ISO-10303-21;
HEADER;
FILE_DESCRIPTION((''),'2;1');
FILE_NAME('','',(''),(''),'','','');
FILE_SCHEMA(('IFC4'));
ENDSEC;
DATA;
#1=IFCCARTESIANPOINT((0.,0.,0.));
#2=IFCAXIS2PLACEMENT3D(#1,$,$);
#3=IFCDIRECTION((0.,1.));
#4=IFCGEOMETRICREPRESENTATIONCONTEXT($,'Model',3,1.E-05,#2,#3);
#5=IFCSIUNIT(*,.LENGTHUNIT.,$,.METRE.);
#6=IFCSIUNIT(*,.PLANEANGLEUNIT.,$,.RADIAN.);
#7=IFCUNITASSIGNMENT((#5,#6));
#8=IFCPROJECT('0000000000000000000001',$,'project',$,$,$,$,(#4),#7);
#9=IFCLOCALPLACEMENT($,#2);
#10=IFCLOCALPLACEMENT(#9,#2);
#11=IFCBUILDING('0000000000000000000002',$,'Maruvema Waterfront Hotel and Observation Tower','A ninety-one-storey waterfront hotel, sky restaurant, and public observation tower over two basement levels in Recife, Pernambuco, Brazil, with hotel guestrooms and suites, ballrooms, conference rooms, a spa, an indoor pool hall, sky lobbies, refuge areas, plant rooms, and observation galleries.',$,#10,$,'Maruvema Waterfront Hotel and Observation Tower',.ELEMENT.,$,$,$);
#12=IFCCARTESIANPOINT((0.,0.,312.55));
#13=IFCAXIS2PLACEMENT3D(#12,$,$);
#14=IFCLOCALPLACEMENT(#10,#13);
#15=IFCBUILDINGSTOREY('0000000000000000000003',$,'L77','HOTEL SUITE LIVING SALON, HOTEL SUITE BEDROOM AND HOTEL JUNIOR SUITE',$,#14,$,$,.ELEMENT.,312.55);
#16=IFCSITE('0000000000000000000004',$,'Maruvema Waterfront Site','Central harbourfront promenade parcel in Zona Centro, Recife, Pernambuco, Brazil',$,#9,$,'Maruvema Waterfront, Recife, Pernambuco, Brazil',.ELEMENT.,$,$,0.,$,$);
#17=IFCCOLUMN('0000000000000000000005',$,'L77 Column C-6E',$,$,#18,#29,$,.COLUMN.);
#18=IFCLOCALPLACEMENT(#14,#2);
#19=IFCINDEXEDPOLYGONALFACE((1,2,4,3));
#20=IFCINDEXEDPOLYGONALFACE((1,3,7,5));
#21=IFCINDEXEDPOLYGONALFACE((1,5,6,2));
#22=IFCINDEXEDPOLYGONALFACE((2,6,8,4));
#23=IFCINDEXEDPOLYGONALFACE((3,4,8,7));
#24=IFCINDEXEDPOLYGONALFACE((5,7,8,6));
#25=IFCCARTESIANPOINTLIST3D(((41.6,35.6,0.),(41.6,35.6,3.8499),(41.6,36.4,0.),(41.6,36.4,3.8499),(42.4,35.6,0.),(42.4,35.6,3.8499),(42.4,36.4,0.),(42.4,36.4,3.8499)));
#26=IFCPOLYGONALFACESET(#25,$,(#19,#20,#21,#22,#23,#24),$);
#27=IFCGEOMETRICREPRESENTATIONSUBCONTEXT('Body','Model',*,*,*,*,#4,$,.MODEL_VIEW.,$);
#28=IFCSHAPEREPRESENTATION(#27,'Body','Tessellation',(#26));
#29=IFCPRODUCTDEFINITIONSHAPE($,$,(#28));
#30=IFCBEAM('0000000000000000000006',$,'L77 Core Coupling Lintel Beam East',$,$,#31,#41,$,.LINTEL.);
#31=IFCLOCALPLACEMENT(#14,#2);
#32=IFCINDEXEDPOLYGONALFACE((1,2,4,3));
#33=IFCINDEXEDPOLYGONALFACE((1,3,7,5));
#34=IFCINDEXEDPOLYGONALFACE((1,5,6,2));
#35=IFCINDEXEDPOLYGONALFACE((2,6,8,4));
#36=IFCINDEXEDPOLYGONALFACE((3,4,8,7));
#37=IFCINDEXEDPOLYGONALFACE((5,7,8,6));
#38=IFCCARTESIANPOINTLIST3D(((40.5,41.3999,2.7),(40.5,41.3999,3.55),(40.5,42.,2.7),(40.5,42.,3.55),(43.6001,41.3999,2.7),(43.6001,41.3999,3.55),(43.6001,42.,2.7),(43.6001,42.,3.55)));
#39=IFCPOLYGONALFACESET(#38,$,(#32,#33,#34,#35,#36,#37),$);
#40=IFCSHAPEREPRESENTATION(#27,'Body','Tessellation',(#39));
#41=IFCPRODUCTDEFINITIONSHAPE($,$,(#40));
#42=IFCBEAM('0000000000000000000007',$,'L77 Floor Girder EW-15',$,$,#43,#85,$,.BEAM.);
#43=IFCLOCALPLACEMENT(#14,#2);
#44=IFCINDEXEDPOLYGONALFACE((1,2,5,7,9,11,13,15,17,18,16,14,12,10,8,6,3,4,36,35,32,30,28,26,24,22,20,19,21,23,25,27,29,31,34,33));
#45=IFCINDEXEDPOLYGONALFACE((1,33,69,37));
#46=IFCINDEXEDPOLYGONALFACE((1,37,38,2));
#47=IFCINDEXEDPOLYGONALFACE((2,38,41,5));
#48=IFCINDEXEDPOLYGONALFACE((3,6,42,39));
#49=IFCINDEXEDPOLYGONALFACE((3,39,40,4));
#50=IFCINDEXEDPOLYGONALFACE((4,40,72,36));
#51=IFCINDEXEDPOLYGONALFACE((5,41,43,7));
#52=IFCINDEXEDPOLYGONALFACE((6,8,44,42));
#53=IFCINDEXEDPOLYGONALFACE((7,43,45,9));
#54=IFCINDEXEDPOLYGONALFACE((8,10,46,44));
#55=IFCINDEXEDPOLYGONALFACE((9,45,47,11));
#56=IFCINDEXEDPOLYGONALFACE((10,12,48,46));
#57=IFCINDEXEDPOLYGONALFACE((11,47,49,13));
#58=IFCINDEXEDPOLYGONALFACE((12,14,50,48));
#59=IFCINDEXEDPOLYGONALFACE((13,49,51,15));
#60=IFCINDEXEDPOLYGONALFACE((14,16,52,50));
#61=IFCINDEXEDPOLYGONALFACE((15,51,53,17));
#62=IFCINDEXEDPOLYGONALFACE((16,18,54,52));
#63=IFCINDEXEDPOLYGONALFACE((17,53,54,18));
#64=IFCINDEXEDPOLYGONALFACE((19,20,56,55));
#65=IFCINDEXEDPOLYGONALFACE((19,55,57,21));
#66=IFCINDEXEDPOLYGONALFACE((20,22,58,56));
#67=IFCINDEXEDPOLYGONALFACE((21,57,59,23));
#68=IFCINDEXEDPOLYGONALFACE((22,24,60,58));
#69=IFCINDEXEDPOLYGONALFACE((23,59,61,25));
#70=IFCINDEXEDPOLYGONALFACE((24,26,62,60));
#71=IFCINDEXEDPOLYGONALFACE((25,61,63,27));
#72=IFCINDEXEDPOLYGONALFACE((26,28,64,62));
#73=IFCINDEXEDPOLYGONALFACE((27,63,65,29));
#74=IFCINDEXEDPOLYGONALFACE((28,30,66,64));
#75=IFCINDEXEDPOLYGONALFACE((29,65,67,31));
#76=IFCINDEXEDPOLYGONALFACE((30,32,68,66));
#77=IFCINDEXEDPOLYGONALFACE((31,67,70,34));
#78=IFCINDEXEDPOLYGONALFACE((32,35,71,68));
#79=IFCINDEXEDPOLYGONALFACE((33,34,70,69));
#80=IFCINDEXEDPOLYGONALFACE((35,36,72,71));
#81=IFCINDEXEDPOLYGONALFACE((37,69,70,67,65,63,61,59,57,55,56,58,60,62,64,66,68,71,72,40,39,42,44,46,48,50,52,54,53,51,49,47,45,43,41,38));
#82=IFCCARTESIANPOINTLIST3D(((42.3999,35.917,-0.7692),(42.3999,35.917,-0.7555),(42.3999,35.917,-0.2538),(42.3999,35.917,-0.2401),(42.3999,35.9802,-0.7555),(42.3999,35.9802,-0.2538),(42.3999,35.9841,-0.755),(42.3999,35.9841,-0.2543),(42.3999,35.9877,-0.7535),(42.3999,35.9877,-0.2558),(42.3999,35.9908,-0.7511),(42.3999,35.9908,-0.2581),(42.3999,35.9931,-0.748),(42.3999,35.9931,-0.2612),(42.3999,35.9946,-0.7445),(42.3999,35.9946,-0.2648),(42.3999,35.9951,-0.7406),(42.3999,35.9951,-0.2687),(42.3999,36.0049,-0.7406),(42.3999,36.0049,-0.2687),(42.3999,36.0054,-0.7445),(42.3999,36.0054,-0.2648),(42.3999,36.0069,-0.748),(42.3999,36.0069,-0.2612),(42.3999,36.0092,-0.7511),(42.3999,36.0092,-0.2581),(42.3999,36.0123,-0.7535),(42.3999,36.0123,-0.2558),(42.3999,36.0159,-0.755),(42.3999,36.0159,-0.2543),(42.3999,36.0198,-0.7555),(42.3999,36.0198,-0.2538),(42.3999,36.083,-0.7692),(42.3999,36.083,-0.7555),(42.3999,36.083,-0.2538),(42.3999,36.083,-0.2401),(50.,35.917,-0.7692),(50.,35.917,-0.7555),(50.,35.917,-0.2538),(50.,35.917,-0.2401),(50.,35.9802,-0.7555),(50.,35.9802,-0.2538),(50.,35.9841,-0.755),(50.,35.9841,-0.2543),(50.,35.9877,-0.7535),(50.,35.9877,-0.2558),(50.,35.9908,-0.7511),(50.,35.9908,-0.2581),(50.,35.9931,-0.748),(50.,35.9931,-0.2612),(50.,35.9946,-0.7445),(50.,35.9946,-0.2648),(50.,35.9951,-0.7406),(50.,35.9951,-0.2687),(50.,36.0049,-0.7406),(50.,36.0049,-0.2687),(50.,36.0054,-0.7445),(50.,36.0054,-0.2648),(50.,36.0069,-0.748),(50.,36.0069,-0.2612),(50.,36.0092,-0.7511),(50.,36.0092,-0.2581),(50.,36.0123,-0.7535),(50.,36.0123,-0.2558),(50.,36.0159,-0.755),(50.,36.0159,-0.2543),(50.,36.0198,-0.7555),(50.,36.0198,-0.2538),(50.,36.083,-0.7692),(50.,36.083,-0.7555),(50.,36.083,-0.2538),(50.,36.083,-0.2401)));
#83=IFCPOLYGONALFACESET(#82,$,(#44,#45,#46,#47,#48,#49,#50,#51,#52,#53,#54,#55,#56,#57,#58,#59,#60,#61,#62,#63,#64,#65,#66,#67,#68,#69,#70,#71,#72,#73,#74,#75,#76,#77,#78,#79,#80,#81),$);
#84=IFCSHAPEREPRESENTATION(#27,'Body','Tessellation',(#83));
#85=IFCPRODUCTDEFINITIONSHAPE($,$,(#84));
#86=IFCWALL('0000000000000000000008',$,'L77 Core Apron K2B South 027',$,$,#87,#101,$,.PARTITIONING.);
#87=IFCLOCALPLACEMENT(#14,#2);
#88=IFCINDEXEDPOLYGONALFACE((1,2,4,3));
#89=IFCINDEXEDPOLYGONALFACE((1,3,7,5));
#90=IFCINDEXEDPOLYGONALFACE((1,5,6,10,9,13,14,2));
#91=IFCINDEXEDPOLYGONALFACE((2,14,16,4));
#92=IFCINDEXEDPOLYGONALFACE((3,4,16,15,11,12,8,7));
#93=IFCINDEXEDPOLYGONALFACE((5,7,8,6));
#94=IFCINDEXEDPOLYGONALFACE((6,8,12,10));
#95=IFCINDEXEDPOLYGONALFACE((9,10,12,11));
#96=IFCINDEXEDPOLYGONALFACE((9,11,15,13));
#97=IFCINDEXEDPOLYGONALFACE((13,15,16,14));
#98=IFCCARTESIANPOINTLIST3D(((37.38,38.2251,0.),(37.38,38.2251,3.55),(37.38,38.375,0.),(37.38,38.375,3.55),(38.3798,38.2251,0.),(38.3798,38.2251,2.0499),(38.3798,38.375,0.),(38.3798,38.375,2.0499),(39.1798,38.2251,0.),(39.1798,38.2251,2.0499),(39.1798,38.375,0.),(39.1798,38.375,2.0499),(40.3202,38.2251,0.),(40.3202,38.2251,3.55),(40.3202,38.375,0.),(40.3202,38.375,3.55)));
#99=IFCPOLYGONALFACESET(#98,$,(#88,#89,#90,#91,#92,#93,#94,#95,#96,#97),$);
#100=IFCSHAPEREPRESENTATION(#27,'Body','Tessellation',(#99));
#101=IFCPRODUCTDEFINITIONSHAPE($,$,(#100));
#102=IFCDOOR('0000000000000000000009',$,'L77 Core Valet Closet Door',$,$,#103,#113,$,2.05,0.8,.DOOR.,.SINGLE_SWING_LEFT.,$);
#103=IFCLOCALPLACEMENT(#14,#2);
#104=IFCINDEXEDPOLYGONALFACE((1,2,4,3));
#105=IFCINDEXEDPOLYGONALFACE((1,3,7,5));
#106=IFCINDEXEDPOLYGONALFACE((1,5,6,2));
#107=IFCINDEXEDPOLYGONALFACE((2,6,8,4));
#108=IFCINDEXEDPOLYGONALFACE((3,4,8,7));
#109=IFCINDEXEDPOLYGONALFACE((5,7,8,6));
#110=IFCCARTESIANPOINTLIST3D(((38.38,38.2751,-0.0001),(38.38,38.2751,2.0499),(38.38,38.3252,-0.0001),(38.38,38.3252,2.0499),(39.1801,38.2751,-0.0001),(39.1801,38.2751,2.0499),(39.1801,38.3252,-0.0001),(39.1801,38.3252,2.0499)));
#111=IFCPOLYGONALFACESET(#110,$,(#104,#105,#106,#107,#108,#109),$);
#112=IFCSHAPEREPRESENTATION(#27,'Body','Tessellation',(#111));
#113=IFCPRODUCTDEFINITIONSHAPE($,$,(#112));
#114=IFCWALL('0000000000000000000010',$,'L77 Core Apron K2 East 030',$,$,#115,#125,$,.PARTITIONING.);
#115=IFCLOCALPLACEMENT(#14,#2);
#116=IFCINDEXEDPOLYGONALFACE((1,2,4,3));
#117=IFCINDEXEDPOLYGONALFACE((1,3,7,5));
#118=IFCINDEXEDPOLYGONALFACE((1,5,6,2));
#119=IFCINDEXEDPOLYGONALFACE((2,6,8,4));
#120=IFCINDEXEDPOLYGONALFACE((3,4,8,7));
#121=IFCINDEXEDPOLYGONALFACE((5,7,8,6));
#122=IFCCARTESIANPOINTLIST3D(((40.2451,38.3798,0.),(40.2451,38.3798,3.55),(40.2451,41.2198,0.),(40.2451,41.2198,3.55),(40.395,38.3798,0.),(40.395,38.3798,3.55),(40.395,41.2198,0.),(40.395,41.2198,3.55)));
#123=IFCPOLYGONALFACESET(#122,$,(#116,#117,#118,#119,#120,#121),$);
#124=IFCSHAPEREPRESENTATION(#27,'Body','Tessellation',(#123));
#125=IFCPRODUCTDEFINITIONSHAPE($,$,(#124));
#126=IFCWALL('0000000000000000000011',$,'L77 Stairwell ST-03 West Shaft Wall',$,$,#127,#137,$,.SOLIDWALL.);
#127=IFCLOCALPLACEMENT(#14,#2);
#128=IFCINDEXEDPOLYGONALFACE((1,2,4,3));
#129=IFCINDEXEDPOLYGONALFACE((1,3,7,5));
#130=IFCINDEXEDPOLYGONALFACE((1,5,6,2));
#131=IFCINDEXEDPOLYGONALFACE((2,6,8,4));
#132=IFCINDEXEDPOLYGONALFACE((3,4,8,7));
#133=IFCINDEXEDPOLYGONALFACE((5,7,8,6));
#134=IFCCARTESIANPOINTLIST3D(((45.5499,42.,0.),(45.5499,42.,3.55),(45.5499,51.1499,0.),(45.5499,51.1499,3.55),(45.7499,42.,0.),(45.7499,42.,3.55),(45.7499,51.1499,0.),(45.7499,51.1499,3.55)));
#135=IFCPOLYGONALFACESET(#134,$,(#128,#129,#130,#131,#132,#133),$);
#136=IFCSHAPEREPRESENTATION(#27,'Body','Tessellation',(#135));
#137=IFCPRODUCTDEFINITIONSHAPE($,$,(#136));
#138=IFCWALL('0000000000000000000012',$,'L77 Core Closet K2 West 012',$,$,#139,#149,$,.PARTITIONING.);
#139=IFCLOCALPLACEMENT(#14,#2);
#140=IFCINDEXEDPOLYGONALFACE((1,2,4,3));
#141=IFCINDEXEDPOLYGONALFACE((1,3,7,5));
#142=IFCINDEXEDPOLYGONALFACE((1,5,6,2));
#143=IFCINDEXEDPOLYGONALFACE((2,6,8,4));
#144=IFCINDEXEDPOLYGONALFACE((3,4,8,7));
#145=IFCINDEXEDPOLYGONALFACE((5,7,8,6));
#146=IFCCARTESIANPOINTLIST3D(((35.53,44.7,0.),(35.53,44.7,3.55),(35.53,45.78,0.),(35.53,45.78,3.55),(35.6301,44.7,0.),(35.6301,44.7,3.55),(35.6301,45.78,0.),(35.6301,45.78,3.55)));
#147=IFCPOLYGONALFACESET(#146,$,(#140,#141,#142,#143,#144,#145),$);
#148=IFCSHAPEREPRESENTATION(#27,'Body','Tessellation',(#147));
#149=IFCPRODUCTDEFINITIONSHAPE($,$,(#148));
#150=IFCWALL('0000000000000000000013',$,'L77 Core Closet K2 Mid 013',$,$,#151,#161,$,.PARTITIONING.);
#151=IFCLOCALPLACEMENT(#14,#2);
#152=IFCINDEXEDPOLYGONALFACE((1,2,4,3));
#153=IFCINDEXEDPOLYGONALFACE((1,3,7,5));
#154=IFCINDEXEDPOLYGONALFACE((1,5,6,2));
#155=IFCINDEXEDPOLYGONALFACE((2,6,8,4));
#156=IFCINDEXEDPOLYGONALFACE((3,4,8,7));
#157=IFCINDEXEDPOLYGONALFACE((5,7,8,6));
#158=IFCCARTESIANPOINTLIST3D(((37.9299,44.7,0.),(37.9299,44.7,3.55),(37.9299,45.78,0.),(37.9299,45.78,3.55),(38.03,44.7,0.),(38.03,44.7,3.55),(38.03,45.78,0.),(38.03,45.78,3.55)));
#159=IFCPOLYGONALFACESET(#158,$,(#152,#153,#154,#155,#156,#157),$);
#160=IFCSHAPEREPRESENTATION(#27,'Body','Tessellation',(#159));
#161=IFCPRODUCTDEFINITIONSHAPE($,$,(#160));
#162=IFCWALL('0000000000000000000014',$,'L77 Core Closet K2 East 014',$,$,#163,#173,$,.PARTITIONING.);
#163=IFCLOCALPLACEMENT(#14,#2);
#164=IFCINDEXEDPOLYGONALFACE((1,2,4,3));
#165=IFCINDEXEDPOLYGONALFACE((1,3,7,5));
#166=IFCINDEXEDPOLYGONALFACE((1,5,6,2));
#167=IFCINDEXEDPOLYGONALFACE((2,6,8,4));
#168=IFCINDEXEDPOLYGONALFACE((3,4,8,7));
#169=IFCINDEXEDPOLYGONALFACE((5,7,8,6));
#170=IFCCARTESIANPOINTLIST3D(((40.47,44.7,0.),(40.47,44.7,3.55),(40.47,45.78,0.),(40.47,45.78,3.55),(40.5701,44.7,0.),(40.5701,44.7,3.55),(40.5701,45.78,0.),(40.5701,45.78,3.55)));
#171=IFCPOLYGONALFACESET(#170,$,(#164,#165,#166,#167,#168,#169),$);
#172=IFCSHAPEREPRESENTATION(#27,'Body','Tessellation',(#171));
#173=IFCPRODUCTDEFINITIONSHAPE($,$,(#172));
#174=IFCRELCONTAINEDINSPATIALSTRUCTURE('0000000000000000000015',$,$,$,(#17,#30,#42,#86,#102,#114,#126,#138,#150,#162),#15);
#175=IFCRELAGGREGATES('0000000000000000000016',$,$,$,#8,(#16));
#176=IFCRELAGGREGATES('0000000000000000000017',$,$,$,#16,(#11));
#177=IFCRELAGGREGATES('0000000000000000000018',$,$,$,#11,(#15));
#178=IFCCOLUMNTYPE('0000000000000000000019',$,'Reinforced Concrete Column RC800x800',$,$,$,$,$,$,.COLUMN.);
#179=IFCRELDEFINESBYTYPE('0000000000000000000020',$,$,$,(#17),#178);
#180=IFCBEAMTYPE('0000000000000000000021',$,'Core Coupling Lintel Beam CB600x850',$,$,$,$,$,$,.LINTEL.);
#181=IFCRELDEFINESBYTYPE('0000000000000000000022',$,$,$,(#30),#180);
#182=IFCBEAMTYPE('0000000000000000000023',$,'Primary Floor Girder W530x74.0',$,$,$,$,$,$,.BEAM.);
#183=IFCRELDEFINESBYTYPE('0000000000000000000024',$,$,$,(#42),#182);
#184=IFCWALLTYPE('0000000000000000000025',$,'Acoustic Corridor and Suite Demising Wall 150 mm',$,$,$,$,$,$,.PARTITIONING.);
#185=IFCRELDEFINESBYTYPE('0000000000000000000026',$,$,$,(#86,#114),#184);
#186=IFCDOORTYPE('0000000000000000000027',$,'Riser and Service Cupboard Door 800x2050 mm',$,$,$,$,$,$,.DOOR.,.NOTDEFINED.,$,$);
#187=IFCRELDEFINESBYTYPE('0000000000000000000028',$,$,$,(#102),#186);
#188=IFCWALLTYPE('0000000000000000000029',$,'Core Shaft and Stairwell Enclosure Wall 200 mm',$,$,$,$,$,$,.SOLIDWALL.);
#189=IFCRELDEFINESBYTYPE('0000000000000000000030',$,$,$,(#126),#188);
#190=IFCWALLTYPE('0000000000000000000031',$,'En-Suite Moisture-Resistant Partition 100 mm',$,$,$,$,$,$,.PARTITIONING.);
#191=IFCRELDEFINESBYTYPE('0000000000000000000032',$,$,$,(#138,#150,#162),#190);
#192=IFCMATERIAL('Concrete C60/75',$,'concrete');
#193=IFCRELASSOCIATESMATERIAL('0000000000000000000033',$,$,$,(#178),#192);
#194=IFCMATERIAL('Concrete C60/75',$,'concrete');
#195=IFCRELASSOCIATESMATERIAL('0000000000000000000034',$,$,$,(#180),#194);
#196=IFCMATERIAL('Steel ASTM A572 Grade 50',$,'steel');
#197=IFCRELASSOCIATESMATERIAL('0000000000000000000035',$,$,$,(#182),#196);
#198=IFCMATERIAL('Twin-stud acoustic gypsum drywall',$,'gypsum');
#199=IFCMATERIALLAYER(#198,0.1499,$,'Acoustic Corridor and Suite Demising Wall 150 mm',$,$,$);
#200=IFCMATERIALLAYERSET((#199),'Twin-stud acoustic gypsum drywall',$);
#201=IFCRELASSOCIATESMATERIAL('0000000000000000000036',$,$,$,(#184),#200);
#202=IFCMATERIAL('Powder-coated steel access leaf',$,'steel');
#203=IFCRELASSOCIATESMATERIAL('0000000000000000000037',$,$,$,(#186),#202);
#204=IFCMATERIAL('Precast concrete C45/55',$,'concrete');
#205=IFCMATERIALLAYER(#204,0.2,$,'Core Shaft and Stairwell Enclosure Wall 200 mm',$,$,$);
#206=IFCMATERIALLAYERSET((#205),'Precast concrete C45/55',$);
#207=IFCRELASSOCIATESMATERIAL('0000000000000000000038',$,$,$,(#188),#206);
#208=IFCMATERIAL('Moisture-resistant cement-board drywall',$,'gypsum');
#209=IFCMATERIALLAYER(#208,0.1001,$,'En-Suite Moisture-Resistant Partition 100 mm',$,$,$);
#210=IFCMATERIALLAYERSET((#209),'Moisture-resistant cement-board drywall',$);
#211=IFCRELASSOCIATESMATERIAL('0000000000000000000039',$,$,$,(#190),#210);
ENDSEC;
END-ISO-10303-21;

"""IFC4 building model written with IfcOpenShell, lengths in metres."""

from ifc_helpers import new_model, si_unit, direction, frame, frame_2d, origin, origin_2d, place, context, subcontext, project, spatial, rectangle, i_section, extrude, material, layer, layer_set, material_profile, profile_set, type_object, element, fill, save


model = new_model("IFC4")

# Units and contexts
model_context = context("Model", 3, precision=1e-05, world=origin(), true_north=direction((0.0, 1.0)))
body_context = subcontext(model_context, "Body", "Model", "MODEL_VIEW")
ifc_project = project(units=[si_unit("LENGTHUNIT", "METRE"), si_unit("PLANEANGLEUNIT", "RADIAN")], contexts=[model_context])

# Site, building, storey
site_placement = place(None, origin())
site = spatial("IfcSite", under=ifc_project, at=site_placement, Name="Maruvema Waterfront Site", Description="Central harbourfront promenade parcel in Zona Centro, Recife, Pernambuco, Brazil", LongName="Maruvema Waterfront, Recife, Pernambuco, Brazil", CompositionType="ELEMENT", RefElevation=0.0)
building_placement = place(site_placement, origin())
building = spatial("IfcBuilding", under=site, at=building_placement, Name="Maruvema Waterfront Hotel and Observation Tower", Description="A ninety-one-storey waterfront hotel, sky restaurant, and public observation tower over two basement levels in Recife, Pernambuco, Brazil, with hotel guestrooms and suites, ballrooms, conference rooms, a spa, an indoor pool hall, sky lobbies, refuge areas, plant rooms, and observation galleries.", LongName="Maruvema Waterfront Hotel and Observation Tower", CompositionType="ELEMENT")
storey_placement = place(building_placement, frame((0.0, 0.0, 312.55)))
storey = spatial("IfcBuildingStorey", under=building, at=storey_placement, Name="L77", Description="HOTEL SUITE LIVING SALON, HOTEL SUITE BEDROOM AND HOTEL JUNIOR SUITE", CompositionType="ELEMENT", Elevation=312.55)

# Column
ifc_material_1 = material(Name="Concrete C60/75", Category="concrete")
ifc_material_profile_1 = material_profile(ifc_material_1, rectangle(XDim=0.8, YDim=0.8, at=origin_2d()), Name="RC800x800")
ifc_profile_set_1 = profile_set([ifc_material_profile_1], Name="Concrete C60/75")
column_type = type_object("IfcColumnType", Name="Reinforced Concrete Column RC800x800", PredefinedType="COLUMN", material=ifc_profile_set_1)
column_placement = place(storey_placement, frame((42.0, 36.0, 0.0), z_axis=(0.0, 0.0, 1.0), x_axis=(1.0, 0.0, 0.0)))
element("IfcColumn", 1, at=column_placement, inside=storey, type_object=column_type, Name="L77 Column C-6E", PredefinedType="COLUMN", context=body_context, shape_type="SweptSolid", body=[
    extrude(rectangle(XDim=0.8, YDim=0.8, at=origin_2d()), origin(), (0.0, 0.0, 1.0), 3.8499),
])

# Beams
ifc_material_2 = material(Name="Concrete C60/75", Category="concrete")
ifc_material_profile_2 = material_profile(ifc_material_2, rectangle(XDim=0.6001, YDim=0.8501, at=origin_2d()), Name="CB600x850")
ifc_profile_set_2 = profile_set([ifc_material_profile_2], Name="Concrete C60/75")
beam_type_1 = type_object("IfcBeamType", Name="Core Coupling Lintel Beam CB600x850", PredefinedType="LINTEL", material=ifc_profile_set_2)
beam_1_placement = place(storey_placement, frame((40.5, 41.7, 3.125), z_axis=(1.0, 0.0, 0.0), x_axis=(0.0, 1.0, 0.0)))
element("IfcBeam", 2, at=beam_1_placement, inside=storey, type_object=beam_type_1, Name="L77 Core Coupling Lintel Beam East", PredefinedType="LINTEL", context=body_context, shape_type="SweptSolid", body=[
    extrude(rectangle(XDim=0.6001, YDim=0.8501, at=origin_2d()), origin(), (0.0, 0.0, 1.0), 3.1001),
])
ifc_material_3 = material(Name="Steel ASTM A572 Grade 50", Category="steel")
ifc_material_profile_3 = material_profile(ifc_material_3, i_section(OverallWidth=0.166, OverallDepth=0.5291, WebThickness=0.0098, FlangeThickness=0.0137, FilletRadius=0.0149, at=origin_2d()), Name="W530x74.0")
ifc_profile_set_3 = profile_set([ifc_material_profile_3], Name="Steel ASTM A572 Grade 50")
beam_type_2 = type_object("IfcBeamType", Name="Primary Floor Girder W530x74.0", PredefinedType="BEAM", material=ifc_profile_set_3)
beam_2_placement = place(storey_placement, frame((42.3999, 36.0, -0.5046), z_axis=(1.0, 0.0, 0.0), x_axis=(0.0, 1.0, 0.0)))
element("IfcBeam", 3, at=beam_2_placement, inside=storey, type_object=beam_type_2, Name="L77 Floor Girder EW-15", PredefinedType="BEAM", context=body_context, shape_type="SweptSolid", body=[
    extrude(i_section(OverallWidth=0.166, OverallDepth=0.5291, WebThickness=0.0098, FlangeThickness=0.0137, FilletRadius=0.0149, at=origin_2d()), origin(), (0.0, 0.0, 1.0), 7.6001),
])

# Wall, opening, door
ifc_material_4 = material(Name="Twin-stud acoustic gypsum drywall", Category="gypsum")
ifc_layer_1 = layer(ifc_material_4, 0.1499, Name="Acoustic Corridor and Suite Demising Wall 150 mm")
ifc_layer_set_1 = layer_set([ifc_layer_1], Name="Twin-stud acoustic gypsum drywall")
wall_type_1 = type_object("IfcWallType", Name="Acoustic Corridor and Suite Demising Wall 150 mm", PredefinedType="PARTITIONING", material=ifc_layer_set_1)
wall_1_placement = place(storey_placement, frame((37.3799, 38.3, 0.0), z_axis=(0.0, 0.0, 1.0), x_axis=(1.0, 0.0, 0.0)))
wall_1 = element("IfcWall", 4, at=wall_1_placement, inside=storey, type_object=wall_type_1, Name="L77 Core Apron K2B South 027", PredefinedType="PARTITIONING", context=body_context, shape_type="SweptSolid", body=[
    extrude(rectangle(XDim=2.9402, YDim=0.1499, at=frame_2d((1.4702, 0.0))), origin(), (0.0, 0.0, 1.0), 3.55),
])
opening_1_placement = place(wall_1_placement, frame((1.0, 0.0, 0.0)))
opening_1 = element("IfcOpeningElement", 5, at=opening_1_placement, cuts=wall_1, PredefinedType="OPENING", context=body_context, shape_type="SweptSolid", body=[
    extrude(rectangle(XDim=0.8, YDim=2.05, at=frame_2d((0.3999, 1.0249))), frame((0.0, 0.085, 0.0), z_axis=(0.0, -1.0, 0.0), x_axis=(1.0, 0.0, 0.0)), (0.0, 0.0, 1.0), 0.1699),
])
ifc_material_5 = material(Name="Powder-coated steel access leaf", Category="steel")
door_type_1 = type_object("IfcDoorType", Name="Riser and Service Cupboard Door 800x2050 mm", OperationType="NOTDEFINED", PredefinedType="DOOR", material=ifc_material_5)
door_1_placement = place(opening_1_placement, frame((0.8, 0.0, 0.0), z_axis=(0.0, 0.0, 1.0), x_axis=(-1.0, 0.0, 0.0)))
door_1 = element("IfcDoor", 6, at=door_1_placement, inside=storey, type_object=door_type_1, Name="L77 Core Valet Closet Door", OperationType="SINGLE_SWING_LEFT", OverallHeight=2.05, OverallWidth=0.8, PredefinedType="DOOR", context=body_context, shape_type="SweptSolid", body=[
    extrude(rectangle(XDim=0.8, YDim=2.05, at=frame_2d((0.3999, 1.0249))), frame((0.0, 0.0249, 0.0), z_axis=(0.0, -1.0, 0.0), x_axis=(1.0, 0.0, 0.0)), (0.0, 0.0, 1.0), 0.05),
])
fill(opening_1, door_1)

# Walls
wall_2_placement = place(storey_placement, frame((40.3201, 38.3799, 0.0), z_axis=(0.0, 0.0, 1.0), x_axis=(0.0, 1.0, 0.0)))
element("IfcWall", 7, at=wall_2_placement, inside=storey, type_object=wall_type_1, Name="L77 Core Apron K2 East 030", PredefinedType="PARTITIONING", context=body_context, shape_type="SweptSolid", body=[
    extrude(rectangle(XDim=2.8401, YDim=0.1499, at=frame_2d((1.4199, 0.0))), origin(), (0.0, 0.0, 1.0), 3.55),
])
ifc_material_6 = material(Name="Precast concrete C45/55", Category="concrete")
ifc_layer_2 = layer(ifc_material_6, 0.2, Name="Core Shaft and Stairwell Enclosure Wall 200 mm")
ifc_layer_set_2 = layer_set([ifc_layer_2], Name="Precast concrete C45/55")
wall_type_2 = type_object("IfcWallType", Name="Core Shaft and Stairwell Enclosure Wall 200 mm", PredefinedType="SOLIDWALL", material=ifc_layer_set_2)
wall_3_placement = place(storey_placement, frame((45.6499, 42.0, 0.0), z_axis=(0.0, 0.0, 1.0), x_axis=(0.0, 1.0, 0.0)))
element("IfcWall", 8, at=wall_3_placement, inside=storey, type_object=wall_type_2, Name="L77 Stairwell ST-03 West Shaft Wall", PredefinedType="SOLIDWALL", context=body_context, shape_type="SweptSolid", body=[
    extrude(rectangle(XDim=9.1499, YDim=0.2, at=frame_2d((4.575, 0.0))), origin(), (0.0, 0.0, 1.0), 3.55),
])

# Walls
ifc_material_7 = material(Name="Moisture-resistant cement-board drywall", Category="gypsum")
ifc_layer_3 = layer(ifc_material_7, 0.1001, Name="En-Suite Moisture-Resistant Partition 100 mm")
ifc_layer_set_3 = layer_set([ifc_layer_3], Name="Moisture-resistant cement-board drywall")
wall_type_3 = type_object("IfcWallType", Name="En-Suite Moisture-Resistant Partition 100 mm", PredefinedType="PARTITIONING", material=ifc_layer_set_3)
for number, where, z_axis, x_axis, name in (
    (9, (35.5801, 44.7, 0.0), (0.0, 0.0, 1.0), (0.0, 1.0, 0.0), "L77 Core Closet K2 West 012"),
    (10, (37.98, 44.7, 0.0), (0.0, 0.0, 1.0), (0.0, 1.0, 0.0), "L77 Core Closet K2 Mid 013"),
    (11, (40.52, 44.7, 0.0), (0.0, 0.0, 1.0), (0.0, 1.0, 0.0), "L77 Core Closet K2 East 014"),
):
    element("IfcWall", number, at=place(storey_placement, frame(where, z_axis=z_axis, x_axis=x_axis)), inside=storey, type_object=wall_type_3, Name=name, PredefinedType="PARTITIONING", context=body_context, shape_type="SweptSolid", body=[
        extrude(rectangle(XDim=1.0801, YDim=0.1001, at=frame_2d((0.54, 0.0))), origin(), (0.0, 0.0, 1.0), 3.55),
    ])

save(model, "model.ifc")
